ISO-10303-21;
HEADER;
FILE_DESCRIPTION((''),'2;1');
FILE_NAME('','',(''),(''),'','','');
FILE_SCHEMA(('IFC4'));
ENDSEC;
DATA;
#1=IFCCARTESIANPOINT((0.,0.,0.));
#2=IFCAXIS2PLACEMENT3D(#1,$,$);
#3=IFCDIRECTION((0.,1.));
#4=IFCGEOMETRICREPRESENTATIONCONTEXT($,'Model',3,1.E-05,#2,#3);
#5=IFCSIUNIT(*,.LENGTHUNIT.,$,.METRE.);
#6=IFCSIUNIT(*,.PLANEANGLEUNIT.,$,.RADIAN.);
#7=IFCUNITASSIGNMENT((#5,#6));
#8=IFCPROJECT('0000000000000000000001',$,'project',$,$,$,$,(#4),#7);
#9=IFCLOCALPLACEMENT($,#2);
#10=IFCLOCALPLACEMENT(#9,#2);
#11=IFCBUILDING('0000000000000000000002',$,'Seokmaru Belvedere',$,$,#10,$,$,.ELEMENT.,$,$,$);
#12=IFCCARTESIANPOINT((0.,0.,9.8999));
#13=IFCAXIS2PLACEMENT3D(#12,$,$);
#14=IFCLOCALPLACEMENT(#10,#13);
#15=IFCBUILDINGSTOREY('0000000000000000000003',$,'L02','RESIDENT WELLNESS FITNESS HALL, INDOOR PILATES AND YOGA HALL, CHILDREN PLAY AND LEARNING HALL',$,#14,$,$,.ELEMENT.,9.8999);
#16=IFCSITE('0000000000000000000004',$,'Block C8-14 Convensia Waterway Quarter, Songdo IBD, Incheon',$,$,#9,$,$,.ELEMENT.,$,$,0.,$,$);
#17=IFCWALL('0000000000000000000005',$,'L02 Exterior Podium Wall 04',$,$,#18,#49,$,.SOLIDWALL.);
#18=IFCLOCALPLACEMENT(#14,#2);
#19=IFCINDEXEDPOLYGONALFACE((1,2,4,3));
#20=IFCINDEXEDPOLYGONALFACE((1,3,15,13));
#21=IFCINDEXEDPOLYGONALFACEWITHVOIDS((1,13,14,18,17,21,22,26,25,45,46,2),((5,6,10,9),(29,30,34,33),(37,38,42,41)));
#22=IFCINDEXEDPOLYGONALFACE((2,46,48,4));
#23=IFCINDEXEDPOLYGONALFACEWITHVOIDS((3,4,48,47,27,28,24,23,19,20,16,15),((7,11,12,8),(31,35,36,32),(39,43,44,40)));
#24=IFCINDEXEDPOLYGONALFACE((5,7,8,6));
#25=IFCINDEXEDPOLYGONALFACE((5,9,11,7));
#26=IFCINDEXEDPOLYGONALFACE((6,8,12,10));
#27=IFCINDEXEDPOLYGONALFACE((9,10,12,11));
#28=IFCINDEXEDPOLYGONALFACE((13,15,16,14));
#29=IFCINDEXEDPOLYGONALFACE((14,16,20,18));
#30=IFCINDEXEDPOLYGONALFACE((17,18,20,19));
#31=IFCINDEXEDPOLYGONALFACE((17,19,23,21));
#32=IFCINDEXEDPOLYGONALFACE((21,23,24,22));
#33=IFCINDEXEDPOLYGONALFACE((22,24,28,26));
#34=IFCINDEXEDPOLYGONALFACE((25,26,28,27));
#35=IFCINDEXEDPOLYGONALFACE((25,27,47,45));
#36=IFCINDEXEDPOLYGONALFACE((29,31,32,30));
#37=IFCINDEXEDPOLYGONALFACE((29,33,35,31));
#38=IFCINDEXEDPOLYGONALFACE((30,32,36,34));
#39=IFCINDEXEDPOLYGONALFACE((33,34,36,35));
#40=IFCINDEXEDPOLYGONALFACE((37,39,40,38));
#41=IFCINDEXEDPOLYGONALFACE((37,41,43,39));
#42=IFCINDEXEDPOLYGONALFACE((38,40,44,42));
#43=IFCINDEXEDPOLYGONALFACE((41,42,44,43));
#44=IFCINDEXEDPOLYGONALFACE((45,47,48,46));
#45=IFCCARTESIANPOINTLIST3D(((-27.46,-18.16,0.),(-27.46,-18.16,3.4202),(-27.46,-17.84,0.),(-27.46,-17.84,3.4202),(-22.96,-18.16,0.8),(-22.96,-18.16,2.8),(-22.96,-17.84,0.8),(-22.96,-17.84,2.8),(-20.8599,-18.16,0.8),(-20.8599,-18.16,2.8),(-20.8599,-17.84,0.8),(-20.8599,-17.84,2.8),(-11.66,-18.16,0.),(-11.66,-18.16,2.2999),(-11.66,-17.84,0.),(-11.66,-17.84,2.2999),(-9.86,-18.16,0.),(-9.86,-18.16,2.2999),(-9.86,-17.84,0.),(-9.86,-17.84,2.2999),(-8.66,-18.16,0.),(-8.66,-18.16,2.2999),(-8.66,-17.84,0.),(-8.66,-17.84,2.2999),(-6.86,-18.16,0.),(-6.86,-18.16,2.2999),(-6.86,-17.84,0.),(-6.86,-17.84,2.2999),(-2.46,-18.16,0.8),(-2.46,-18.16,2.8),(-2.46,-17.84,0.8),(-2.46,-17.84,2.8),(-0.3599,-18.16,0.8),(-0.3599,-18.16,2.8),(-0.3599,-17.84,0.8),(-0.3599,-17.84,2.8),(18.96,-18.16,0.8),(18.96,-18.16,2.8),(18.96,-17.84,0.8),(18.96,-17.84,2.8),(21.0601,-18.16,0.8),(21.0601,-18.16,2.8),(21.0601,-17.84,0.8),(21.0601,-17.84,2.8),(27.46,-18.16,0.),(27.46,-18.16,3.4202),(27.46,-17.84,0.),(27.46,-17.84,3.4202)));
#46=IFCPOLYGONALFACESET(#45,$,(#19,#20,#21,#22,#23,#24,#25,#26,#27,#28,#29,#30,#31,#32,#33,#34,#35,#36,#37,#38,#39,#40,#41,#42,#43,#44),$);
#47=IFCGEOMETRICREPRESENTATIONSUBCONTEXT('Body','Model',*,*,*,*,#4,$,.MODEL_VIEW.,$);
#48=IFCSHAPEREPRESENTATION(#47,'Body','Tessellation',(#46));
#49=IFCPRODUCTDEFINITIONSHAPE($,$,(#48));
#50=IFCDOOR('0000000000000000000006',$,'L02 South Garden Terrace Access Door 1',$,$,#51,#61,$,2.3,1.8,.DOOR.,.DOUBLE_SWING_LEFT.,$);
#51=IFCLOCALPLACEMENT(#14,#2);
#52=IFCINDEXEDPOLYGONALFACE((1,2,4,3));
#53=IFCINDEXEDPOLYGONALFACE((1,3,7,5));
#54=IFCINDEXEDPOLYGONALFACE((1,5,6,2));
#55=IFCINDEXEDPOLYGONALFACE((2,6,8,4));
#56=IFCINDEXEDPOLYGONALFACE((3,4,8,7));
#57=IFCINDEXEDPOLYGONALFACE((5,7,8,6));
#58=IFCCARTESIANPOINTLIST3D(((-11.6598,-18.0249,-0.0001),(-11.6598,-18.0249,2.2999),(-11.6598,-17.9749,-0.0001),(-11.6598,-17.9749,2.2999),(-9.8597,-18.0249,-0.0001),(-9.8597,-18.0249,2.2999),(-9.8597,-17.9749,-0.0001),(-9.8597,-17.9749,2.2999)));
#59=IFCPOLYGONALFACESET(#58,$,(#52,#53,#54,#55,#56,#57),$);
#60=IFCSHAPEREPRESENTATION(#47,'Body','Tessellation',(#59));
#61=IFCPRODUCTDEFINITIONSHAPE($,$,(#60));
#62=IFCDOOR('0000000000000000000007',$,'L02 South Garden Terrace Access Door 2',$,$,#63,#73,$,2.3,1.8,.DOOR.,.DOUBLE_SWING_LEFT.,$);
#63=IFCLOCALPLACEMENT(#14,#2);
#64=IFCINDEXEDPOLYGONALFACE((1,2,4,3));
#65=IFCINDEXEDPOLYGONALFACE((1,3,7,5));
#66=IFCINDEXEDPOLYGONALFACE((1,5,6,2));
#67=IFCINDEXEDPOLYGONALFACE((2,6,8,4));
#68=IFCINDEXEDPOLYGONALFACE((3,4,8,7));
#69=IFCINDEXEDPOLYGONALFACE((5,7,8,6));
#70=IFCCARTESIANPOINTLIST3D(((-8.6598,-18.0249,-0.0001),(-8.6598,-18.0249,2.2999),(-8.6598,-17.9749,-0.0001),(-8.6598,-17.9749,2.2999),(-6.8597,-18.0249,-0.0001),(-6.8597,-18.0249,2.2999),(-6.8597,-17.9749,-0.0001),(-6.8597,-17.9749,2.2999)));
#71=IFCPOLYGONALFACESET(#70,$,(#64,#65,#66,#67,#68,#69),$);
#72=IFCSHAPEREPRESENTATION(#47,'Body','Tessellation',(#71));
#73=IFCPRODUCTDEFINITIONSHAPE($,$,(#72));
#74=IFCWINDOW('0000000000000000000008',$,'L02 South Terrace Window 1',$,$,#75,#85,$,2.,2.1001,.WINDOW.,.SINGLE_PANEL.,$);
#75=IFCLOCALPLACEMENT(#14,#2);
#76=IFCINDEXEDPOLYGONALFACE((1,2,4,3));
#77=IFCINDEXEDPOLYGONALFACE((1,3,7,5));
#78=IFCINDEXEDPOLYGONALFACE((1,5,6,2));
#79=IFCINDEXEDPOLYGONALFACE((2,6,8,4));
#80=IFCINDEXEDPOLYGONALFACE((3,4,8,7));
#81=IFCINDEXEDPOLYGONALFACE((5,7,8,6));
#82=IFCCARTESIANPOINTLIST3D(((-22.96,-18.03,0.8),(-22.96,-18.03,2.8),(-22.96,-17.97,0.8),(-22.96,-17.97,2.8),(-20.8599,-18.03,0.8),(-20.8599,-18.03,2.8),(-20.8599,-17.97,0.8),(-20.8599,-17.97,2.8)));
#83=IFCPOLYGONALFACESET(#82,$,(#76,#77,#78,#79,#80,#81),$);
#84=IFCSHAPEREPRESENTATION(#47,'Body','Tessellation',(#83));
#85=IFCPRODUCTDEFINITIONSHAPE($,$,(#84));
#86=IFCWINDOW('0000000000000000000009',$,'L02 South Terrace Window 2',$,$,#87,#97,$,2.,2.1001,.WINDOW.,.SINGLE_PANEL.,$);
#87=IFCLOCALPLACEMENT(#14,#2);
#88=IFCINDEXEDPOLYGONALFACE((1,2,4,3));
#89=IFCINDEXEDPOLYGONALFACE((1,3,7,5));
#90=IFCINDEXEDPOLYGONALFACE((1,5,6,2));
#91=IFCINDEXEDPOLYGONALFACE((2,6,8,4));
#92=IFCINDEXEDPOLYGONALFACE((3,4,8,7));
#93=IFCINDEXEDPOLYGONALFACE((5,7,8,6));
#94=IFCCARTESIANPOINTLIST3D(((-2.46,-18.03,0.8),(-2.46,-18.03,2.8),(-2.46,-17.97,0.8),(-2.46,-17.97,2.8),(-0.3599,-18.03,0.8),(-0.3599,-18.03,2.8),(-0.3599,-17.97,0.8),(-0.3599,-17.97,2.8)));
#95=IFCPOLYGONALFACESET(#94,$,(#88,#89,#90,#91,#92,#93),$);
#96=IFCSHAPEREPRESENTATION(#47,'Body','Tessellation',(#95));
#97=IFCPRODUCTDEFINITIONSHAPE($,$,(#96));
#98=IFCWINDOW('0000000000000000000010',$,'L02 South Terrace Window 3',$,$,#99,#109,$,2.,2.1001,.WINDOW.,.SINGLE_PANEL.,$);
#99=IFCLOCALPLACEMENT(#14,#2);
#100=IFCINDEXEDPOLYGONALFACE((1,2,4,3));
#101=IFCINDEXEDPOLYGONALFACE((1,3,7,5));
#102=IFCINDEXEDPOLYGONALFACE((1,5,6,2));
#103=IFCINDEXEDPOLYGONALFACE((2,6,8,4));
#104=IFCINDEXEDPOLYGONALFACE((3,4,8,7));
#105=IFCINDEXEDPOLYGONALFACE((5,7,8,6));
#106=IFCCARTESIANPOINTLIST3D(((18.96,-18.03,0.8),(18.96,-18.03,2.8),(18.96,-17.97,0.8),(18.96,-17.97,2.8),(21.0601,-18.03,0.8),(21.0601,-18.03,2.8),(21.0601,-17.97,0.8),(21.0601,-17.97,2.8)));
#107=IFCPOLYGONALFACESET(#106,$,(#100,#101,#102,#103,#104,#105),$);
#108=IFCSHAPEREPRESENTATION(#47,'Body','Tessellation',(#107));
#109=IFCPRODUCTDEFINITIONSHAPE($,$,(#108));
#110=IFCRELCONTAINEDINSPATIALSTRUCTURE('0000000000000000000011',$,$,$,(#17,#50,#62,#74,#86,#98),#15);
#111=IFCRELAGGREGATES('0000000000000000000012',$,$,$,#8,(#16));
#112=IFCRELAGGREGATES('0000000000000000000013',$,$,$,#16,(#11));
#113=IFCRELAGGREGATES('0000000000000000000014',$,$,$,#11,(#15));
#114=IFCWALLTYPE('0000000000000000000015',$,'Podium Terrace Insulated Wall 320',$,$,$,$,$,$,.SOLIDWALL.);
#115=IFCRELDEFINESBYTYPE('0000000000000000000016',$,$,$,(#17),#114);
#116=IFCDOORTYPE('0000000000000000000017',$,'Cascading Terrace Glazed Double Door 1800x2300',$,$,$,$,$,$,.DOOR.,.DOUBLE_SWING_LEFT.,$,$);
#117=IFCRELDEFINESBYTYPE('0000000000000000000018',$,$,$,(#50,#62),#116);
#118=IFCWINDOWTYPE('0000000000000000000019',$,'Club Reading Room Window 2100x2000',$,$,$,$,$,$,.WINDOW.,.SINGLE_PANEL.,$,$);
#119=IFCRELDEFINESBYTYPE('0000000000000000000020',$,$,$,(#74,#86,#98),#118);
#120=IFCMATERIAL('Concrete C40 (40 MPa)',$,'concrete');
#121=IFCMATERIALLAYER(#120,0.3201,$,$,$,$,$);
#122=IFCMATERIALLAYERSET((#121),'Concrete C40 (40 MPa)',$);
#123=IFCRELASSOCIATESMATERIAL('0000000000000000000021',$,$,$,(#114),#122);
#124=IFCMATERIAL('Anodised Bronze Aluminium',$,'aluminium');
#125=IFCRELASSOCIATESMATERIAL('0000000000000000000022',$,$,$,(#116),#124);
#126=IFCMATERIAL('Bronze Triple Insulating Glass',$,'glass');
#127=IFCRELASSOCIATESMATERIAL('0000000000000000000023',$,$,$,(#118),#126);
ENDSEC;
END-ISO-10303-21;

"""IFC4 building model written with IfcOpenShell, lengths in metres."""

from ifc_helpers import new_model, si_unit, direction, frame, frame_2d, origin, place, context, subcontext, project, spatial, rectangle, extrude, source, transform, mapped, material, layer, layer_set, type_object, type_shapes, element, fill, save


model = new_model("IFC4")

# Units and contexts
model_context = context("Model", 3, precision=1e-05, world=origin(), true_north=direction((0.0, 1.0)))
body_context = subcontext(model_context, "Body", "Model", "MODEL_VIEW")
ifc_project = project(units=[si_unit("LENGTHUNIT", "METRE"), si_unit("PLANEANGLEUNIT", "RADIAN")], contexts=[model_context])

# Site, building, storey
site_placement = place(None, origin())
site = spatial("IfcSite", under=ifc_project, at=site_placement, Name="Block C8-14 Convensia Waterway Quarter, Songdo IBD, Incheon", CompositionType="ELEMENT", RefElevation=0.0)
building_placement = place(site_placement, origin())
building = spatial("IfcBuilding", under=site, at=building_placement, Name="Seokmaru Belvedere", CompositionType="ELEMENT")
storey_placement = place(building_placement, frame((0.0, 0.0, 9.8999)))
storey = spatial("IfcBuildingStorey", under=building, at=storey_placement, Name="L02", Description="RESIDENT WELLNESS FITNESS HALL, INDOOR PILATES AND YOGA HALL, CHILDREN PLAY AND LEARNING HALL", CompositionType="ELEMENT", Elevation=9.8999)

# Shared definitions
ifc_material_1 = material(Name="Concrete C40 (40 MPa)", Category="concrete")
ifc_layer = layer(ifc_material_1, 0.3201)
ifc_layer_set = layer_set([ifc_layer], Name="Concrete C40 (40 MPa)")
wall_type = type_object("IfcWallType", Name="Podium Terrace Insulated Wall 320", PredefinedType="SOLIDWALL", material=ifc_layer_set)

# Wall, openings, doors, windows
wall_1_placement = place(storey_placement, frame((-27.46, -18.0, 0.0), z_axis=(0.0, 0.0, 1.0), x_axis=(1.0, 0.0, 0.0)))
wall_1 = element("IfcWall", 1, at=wall_1_placement, inside=storey, type_object=wall_type, Name="L02 Exterior Podium Wall 04", PredefinedType="SOLIDWALL", context=body_context, shape_type="SweptSolid", body=[
    extrude(rectangle(XDim=54.9199, YDim=0.3201, at=frame_2d((27.46, 0.0))), origin(), (0.0, 0.0, 1.0), 3.4202),
])
opening_1_placement = place(wall_1_placement, frame((15.8, 0.0, 0.0)))
opening_1 = element("IfcOpeningElement", 2, at=opening_1_placement, cuts=wall_1, PredefinedType="OPENING", context=body_context, shape_type="SweptSolid", body=[
    extrude(rectangle(XDim=1.8, YDim=2.3, at=frame_2d((0.8999, 1.1499))), frame((0.0, 0.1699, 0.0), z_axis=(0.0, -1.0, 0.0), x_axis=(1.0, 0.0, 0.0)), (0.0, 0.0, 1.0), 0.3401),
])
opening_2_placement = place(wall_1_placement, frame((18.8, 0.0, 0.0)))
opening_2 = element("IfcOpeningElement", 3, at=opening_2_placement, cuts=wall_1, PredefinedType="OPENING", context=body_context, shape_type="SweptSolid", body=[
    extrude(rectangle(XDim=1.8, YDim=2.3, at=frame_2d((0.8999, 1.1499))), frame((0.0, 0.1699, 0.0), z_axis=(0.0, -1.0, 0.0), x_axis=(1.0, 0.0, 0.0)), (0.0, 0.0, 1.0), 0.3401),
])
opening_3_placement = place(wall_1_placement, frame((4.5, 0.0, 0.8)))
opening_3 = element("IfcOpeningElement", 4, at=opening_3_placement, cuts=wall_1, PredefinedType="OPENING", context=body_context, shape_type="SweptSolid", body=[
    extrude(rectangle(XDim=2.1001, YDim=2.0, at=frame_2d((1.05, 1.0))), frame((0.0, 0.1699, 0.0), z_axis=(0.0, -1.0, 0.0), x_axis=(1.0, 0.0, 0.0)), (0.0, 0.0, 1.0), 0.3401),
])
opening_4_placement = place(wall_1_placement, frame((25.0, 0.0, 0.8)))
opening_4 = element("IfcOpeningElement", 5, at=opening_4_placement, cuts=wall_1, PredefinedType="OPENING", context=body_context, shape_type="SweptSolid", body=[
    extrude(rectangle(XDim=2.1001, YDim=2.0, at=frame_2d((1.05, 1.0))), frame((0.0, 0.1699, 0.0), z_axis=(0.0, -1.0, 0.0), x_axis=(1.0, 0.0, 0.0)), (0.0, 0.0, 1.0), 0.3401),
])
opening_5_placement = place(wall_1_placement, frame((46.4199, 0.0, 0.8)))
opening_5 = element("IfcOpeningElement", 6, at=opening_5_placement, cuts=wall_1, PredefinedType="OPENING", context=body_context, shape_type="SweptSolid", body=[
    extrude(rectangle(XDim=2.1001, YDim=2.0, at=frame_2d((1.05, 1.0))), frame((0.0, 0.1699, 0.0), z_axis=(0.0, -1.0, 0.0), x_axis=(1.0, 0.0, 0.0)), (0.0, 0.0, 1.0), 0.3401),
])
ifc_material_2 = material(Name="Anodised Bronze Aluminium", Category="aluminium")
door_type = type_object("IfcDoorType", Name="Cascading Terrace Glazed Double Door 1800x2300", OperationType="DOUBLE_SWING_LEFT", PredefinedType="DOOR", material=ifc_material_2)
shared_shape_1 = source(origin(), body_context, "Body", "SweptSolid", [
    extrude(rectangle(XDim=1.8, YDim=2.3, at=frame_2d((0.8999, 1.1499))), frame((0.0, 0.0249, 0.0), z_axis=(0.0, -1.0, 0.0), x_axis=(1.0, 0.0, 0.0)), (0.0, 0.0, 1.0), 0.05),
])
type_shapes(door_type, [shared_shape_1])
door_1_placement = place(opening_1_placement, frame((1.8, 0.0, 0.0), z_axis=(0.0, 0.0, 1.0), x_axis=(-1.0, 0.0, 0.0)))
door_1 = element("IfcDoor", 7, at=door_1_placement, inside=storey, type_object=door_type, Name="L02 South Garden Terrace Access Door 1", OperationType="DOUBLE_SWING_LEFT", OverallHeight=2.3, OverallWidth=1.8, PredefinedType="DOOR", context=body_context, shape_type="MappedRepresentation", body=[
    mapped(shared_shape_1, transform((0.0, 0.0, 0.0), scale=1.0)),
])
fill(opening_1, door_1)
door_2_placement = place(opening_2_placement, frame((1.8, 0.0, 0.0), z_axis=(0.0, 0.0, 1.0), x_axis=(-1.0, 0.0, 0.0)))
door_2 = element("IfcDoor", 8, at=door_2_placement, inside=storey, type_object=door_type, Name="L02 South Garden Terrace Access Door 2", OperationType="DOUBLE_SWING_LEFT", OverallHeight=2.3, OverallWidth=1.8, PredefinedType="DOOR", context=body_context, shape_type="MappedRepresentation", body=[
    mapped(shared_shape_1, transform((0.0, 0.0, 0.0), scale=1.0)),
])
fill(opening_2, door_2)
ifc_material_3 = material(Name="Bronze Triple Insulating Glass", Category="glass")
window_type = type_object("IfcWindowType", Name="Club Reading Room Window 2100x2000", PartitioningType="SINGLE_PANEL", PredefinedType="WINDOW", material=ifc_material_3)
shared_shape_2 = source(origin(), body_context, "Body", "SweptSolid", [
    extrude(rectangle(XDim=2.1001, YDim=2.0, at=frame_2d((1.05, 1.0))), frame((0.0, 0.03, 0.0), z_axis=(0.0, -1.0, 0.0), x_axis=(1.0, 0.0, 0.0)), (0.0, 0.0, 1.0), 0.0601),
])
type_shapes(window_type, [shared_shape_2])
window_1_placement = place(opening_3_placement, origin())
window_1 = element("IfcWindow", 9, at=window_1_placement, inside=storey, type_object=window_type, Name="L02 South Terrace Window 1", OverallHeight=2.0, OverallWidth=2.1001, PartitioningType="SINGLE_PANEL", PredefinedType="WINDOW", context=body_context, shape_type="MappedRepresentation", body=[
    mapped(shared_shape_2, transform((0.0, 0.0, 0.0), scale=1.0)),
])
fill(opening_3, window_1)
window_2_placement = place(opening_4_placement, origin())
window_2 = element("IfcWindow", 10, at=window_2_placement, inside=storey, type_object=window_type, Name="L02 South Terrace Window 2", OverallHeight=2.0, OverallWidth=2.1001, PartitioningType="SINGLE_PANEL", PredefinedType="WINDOW", context=body_context, shape_type="MappedRepresentation", body=[
    mapped(shared_shape_2, transform((0.0, 0.0, 0.0), scale=1.0)),
])
fill(opening_4, window_2)
window_3_placement = place(opening_5_placement, origin())
window_3 = element("IfcWindow", 11, at=window_3_placement, inside=storey, type_object=window_type, Name="L02 South Terrace Window 3", OverallHeight=2.0, OverallWidth=2.1001, PartitioningType="SINGLE_PANEL", PredefinedType="WINDOW", context=body_context, shape_type="MappedRepresentation", body=[
    mapped(shared_shape_2, transform((0.0, 0.0, 0.0), scale=1.0)),
])
fill(opening_5, window_3)

save(model, "model.ifc")
